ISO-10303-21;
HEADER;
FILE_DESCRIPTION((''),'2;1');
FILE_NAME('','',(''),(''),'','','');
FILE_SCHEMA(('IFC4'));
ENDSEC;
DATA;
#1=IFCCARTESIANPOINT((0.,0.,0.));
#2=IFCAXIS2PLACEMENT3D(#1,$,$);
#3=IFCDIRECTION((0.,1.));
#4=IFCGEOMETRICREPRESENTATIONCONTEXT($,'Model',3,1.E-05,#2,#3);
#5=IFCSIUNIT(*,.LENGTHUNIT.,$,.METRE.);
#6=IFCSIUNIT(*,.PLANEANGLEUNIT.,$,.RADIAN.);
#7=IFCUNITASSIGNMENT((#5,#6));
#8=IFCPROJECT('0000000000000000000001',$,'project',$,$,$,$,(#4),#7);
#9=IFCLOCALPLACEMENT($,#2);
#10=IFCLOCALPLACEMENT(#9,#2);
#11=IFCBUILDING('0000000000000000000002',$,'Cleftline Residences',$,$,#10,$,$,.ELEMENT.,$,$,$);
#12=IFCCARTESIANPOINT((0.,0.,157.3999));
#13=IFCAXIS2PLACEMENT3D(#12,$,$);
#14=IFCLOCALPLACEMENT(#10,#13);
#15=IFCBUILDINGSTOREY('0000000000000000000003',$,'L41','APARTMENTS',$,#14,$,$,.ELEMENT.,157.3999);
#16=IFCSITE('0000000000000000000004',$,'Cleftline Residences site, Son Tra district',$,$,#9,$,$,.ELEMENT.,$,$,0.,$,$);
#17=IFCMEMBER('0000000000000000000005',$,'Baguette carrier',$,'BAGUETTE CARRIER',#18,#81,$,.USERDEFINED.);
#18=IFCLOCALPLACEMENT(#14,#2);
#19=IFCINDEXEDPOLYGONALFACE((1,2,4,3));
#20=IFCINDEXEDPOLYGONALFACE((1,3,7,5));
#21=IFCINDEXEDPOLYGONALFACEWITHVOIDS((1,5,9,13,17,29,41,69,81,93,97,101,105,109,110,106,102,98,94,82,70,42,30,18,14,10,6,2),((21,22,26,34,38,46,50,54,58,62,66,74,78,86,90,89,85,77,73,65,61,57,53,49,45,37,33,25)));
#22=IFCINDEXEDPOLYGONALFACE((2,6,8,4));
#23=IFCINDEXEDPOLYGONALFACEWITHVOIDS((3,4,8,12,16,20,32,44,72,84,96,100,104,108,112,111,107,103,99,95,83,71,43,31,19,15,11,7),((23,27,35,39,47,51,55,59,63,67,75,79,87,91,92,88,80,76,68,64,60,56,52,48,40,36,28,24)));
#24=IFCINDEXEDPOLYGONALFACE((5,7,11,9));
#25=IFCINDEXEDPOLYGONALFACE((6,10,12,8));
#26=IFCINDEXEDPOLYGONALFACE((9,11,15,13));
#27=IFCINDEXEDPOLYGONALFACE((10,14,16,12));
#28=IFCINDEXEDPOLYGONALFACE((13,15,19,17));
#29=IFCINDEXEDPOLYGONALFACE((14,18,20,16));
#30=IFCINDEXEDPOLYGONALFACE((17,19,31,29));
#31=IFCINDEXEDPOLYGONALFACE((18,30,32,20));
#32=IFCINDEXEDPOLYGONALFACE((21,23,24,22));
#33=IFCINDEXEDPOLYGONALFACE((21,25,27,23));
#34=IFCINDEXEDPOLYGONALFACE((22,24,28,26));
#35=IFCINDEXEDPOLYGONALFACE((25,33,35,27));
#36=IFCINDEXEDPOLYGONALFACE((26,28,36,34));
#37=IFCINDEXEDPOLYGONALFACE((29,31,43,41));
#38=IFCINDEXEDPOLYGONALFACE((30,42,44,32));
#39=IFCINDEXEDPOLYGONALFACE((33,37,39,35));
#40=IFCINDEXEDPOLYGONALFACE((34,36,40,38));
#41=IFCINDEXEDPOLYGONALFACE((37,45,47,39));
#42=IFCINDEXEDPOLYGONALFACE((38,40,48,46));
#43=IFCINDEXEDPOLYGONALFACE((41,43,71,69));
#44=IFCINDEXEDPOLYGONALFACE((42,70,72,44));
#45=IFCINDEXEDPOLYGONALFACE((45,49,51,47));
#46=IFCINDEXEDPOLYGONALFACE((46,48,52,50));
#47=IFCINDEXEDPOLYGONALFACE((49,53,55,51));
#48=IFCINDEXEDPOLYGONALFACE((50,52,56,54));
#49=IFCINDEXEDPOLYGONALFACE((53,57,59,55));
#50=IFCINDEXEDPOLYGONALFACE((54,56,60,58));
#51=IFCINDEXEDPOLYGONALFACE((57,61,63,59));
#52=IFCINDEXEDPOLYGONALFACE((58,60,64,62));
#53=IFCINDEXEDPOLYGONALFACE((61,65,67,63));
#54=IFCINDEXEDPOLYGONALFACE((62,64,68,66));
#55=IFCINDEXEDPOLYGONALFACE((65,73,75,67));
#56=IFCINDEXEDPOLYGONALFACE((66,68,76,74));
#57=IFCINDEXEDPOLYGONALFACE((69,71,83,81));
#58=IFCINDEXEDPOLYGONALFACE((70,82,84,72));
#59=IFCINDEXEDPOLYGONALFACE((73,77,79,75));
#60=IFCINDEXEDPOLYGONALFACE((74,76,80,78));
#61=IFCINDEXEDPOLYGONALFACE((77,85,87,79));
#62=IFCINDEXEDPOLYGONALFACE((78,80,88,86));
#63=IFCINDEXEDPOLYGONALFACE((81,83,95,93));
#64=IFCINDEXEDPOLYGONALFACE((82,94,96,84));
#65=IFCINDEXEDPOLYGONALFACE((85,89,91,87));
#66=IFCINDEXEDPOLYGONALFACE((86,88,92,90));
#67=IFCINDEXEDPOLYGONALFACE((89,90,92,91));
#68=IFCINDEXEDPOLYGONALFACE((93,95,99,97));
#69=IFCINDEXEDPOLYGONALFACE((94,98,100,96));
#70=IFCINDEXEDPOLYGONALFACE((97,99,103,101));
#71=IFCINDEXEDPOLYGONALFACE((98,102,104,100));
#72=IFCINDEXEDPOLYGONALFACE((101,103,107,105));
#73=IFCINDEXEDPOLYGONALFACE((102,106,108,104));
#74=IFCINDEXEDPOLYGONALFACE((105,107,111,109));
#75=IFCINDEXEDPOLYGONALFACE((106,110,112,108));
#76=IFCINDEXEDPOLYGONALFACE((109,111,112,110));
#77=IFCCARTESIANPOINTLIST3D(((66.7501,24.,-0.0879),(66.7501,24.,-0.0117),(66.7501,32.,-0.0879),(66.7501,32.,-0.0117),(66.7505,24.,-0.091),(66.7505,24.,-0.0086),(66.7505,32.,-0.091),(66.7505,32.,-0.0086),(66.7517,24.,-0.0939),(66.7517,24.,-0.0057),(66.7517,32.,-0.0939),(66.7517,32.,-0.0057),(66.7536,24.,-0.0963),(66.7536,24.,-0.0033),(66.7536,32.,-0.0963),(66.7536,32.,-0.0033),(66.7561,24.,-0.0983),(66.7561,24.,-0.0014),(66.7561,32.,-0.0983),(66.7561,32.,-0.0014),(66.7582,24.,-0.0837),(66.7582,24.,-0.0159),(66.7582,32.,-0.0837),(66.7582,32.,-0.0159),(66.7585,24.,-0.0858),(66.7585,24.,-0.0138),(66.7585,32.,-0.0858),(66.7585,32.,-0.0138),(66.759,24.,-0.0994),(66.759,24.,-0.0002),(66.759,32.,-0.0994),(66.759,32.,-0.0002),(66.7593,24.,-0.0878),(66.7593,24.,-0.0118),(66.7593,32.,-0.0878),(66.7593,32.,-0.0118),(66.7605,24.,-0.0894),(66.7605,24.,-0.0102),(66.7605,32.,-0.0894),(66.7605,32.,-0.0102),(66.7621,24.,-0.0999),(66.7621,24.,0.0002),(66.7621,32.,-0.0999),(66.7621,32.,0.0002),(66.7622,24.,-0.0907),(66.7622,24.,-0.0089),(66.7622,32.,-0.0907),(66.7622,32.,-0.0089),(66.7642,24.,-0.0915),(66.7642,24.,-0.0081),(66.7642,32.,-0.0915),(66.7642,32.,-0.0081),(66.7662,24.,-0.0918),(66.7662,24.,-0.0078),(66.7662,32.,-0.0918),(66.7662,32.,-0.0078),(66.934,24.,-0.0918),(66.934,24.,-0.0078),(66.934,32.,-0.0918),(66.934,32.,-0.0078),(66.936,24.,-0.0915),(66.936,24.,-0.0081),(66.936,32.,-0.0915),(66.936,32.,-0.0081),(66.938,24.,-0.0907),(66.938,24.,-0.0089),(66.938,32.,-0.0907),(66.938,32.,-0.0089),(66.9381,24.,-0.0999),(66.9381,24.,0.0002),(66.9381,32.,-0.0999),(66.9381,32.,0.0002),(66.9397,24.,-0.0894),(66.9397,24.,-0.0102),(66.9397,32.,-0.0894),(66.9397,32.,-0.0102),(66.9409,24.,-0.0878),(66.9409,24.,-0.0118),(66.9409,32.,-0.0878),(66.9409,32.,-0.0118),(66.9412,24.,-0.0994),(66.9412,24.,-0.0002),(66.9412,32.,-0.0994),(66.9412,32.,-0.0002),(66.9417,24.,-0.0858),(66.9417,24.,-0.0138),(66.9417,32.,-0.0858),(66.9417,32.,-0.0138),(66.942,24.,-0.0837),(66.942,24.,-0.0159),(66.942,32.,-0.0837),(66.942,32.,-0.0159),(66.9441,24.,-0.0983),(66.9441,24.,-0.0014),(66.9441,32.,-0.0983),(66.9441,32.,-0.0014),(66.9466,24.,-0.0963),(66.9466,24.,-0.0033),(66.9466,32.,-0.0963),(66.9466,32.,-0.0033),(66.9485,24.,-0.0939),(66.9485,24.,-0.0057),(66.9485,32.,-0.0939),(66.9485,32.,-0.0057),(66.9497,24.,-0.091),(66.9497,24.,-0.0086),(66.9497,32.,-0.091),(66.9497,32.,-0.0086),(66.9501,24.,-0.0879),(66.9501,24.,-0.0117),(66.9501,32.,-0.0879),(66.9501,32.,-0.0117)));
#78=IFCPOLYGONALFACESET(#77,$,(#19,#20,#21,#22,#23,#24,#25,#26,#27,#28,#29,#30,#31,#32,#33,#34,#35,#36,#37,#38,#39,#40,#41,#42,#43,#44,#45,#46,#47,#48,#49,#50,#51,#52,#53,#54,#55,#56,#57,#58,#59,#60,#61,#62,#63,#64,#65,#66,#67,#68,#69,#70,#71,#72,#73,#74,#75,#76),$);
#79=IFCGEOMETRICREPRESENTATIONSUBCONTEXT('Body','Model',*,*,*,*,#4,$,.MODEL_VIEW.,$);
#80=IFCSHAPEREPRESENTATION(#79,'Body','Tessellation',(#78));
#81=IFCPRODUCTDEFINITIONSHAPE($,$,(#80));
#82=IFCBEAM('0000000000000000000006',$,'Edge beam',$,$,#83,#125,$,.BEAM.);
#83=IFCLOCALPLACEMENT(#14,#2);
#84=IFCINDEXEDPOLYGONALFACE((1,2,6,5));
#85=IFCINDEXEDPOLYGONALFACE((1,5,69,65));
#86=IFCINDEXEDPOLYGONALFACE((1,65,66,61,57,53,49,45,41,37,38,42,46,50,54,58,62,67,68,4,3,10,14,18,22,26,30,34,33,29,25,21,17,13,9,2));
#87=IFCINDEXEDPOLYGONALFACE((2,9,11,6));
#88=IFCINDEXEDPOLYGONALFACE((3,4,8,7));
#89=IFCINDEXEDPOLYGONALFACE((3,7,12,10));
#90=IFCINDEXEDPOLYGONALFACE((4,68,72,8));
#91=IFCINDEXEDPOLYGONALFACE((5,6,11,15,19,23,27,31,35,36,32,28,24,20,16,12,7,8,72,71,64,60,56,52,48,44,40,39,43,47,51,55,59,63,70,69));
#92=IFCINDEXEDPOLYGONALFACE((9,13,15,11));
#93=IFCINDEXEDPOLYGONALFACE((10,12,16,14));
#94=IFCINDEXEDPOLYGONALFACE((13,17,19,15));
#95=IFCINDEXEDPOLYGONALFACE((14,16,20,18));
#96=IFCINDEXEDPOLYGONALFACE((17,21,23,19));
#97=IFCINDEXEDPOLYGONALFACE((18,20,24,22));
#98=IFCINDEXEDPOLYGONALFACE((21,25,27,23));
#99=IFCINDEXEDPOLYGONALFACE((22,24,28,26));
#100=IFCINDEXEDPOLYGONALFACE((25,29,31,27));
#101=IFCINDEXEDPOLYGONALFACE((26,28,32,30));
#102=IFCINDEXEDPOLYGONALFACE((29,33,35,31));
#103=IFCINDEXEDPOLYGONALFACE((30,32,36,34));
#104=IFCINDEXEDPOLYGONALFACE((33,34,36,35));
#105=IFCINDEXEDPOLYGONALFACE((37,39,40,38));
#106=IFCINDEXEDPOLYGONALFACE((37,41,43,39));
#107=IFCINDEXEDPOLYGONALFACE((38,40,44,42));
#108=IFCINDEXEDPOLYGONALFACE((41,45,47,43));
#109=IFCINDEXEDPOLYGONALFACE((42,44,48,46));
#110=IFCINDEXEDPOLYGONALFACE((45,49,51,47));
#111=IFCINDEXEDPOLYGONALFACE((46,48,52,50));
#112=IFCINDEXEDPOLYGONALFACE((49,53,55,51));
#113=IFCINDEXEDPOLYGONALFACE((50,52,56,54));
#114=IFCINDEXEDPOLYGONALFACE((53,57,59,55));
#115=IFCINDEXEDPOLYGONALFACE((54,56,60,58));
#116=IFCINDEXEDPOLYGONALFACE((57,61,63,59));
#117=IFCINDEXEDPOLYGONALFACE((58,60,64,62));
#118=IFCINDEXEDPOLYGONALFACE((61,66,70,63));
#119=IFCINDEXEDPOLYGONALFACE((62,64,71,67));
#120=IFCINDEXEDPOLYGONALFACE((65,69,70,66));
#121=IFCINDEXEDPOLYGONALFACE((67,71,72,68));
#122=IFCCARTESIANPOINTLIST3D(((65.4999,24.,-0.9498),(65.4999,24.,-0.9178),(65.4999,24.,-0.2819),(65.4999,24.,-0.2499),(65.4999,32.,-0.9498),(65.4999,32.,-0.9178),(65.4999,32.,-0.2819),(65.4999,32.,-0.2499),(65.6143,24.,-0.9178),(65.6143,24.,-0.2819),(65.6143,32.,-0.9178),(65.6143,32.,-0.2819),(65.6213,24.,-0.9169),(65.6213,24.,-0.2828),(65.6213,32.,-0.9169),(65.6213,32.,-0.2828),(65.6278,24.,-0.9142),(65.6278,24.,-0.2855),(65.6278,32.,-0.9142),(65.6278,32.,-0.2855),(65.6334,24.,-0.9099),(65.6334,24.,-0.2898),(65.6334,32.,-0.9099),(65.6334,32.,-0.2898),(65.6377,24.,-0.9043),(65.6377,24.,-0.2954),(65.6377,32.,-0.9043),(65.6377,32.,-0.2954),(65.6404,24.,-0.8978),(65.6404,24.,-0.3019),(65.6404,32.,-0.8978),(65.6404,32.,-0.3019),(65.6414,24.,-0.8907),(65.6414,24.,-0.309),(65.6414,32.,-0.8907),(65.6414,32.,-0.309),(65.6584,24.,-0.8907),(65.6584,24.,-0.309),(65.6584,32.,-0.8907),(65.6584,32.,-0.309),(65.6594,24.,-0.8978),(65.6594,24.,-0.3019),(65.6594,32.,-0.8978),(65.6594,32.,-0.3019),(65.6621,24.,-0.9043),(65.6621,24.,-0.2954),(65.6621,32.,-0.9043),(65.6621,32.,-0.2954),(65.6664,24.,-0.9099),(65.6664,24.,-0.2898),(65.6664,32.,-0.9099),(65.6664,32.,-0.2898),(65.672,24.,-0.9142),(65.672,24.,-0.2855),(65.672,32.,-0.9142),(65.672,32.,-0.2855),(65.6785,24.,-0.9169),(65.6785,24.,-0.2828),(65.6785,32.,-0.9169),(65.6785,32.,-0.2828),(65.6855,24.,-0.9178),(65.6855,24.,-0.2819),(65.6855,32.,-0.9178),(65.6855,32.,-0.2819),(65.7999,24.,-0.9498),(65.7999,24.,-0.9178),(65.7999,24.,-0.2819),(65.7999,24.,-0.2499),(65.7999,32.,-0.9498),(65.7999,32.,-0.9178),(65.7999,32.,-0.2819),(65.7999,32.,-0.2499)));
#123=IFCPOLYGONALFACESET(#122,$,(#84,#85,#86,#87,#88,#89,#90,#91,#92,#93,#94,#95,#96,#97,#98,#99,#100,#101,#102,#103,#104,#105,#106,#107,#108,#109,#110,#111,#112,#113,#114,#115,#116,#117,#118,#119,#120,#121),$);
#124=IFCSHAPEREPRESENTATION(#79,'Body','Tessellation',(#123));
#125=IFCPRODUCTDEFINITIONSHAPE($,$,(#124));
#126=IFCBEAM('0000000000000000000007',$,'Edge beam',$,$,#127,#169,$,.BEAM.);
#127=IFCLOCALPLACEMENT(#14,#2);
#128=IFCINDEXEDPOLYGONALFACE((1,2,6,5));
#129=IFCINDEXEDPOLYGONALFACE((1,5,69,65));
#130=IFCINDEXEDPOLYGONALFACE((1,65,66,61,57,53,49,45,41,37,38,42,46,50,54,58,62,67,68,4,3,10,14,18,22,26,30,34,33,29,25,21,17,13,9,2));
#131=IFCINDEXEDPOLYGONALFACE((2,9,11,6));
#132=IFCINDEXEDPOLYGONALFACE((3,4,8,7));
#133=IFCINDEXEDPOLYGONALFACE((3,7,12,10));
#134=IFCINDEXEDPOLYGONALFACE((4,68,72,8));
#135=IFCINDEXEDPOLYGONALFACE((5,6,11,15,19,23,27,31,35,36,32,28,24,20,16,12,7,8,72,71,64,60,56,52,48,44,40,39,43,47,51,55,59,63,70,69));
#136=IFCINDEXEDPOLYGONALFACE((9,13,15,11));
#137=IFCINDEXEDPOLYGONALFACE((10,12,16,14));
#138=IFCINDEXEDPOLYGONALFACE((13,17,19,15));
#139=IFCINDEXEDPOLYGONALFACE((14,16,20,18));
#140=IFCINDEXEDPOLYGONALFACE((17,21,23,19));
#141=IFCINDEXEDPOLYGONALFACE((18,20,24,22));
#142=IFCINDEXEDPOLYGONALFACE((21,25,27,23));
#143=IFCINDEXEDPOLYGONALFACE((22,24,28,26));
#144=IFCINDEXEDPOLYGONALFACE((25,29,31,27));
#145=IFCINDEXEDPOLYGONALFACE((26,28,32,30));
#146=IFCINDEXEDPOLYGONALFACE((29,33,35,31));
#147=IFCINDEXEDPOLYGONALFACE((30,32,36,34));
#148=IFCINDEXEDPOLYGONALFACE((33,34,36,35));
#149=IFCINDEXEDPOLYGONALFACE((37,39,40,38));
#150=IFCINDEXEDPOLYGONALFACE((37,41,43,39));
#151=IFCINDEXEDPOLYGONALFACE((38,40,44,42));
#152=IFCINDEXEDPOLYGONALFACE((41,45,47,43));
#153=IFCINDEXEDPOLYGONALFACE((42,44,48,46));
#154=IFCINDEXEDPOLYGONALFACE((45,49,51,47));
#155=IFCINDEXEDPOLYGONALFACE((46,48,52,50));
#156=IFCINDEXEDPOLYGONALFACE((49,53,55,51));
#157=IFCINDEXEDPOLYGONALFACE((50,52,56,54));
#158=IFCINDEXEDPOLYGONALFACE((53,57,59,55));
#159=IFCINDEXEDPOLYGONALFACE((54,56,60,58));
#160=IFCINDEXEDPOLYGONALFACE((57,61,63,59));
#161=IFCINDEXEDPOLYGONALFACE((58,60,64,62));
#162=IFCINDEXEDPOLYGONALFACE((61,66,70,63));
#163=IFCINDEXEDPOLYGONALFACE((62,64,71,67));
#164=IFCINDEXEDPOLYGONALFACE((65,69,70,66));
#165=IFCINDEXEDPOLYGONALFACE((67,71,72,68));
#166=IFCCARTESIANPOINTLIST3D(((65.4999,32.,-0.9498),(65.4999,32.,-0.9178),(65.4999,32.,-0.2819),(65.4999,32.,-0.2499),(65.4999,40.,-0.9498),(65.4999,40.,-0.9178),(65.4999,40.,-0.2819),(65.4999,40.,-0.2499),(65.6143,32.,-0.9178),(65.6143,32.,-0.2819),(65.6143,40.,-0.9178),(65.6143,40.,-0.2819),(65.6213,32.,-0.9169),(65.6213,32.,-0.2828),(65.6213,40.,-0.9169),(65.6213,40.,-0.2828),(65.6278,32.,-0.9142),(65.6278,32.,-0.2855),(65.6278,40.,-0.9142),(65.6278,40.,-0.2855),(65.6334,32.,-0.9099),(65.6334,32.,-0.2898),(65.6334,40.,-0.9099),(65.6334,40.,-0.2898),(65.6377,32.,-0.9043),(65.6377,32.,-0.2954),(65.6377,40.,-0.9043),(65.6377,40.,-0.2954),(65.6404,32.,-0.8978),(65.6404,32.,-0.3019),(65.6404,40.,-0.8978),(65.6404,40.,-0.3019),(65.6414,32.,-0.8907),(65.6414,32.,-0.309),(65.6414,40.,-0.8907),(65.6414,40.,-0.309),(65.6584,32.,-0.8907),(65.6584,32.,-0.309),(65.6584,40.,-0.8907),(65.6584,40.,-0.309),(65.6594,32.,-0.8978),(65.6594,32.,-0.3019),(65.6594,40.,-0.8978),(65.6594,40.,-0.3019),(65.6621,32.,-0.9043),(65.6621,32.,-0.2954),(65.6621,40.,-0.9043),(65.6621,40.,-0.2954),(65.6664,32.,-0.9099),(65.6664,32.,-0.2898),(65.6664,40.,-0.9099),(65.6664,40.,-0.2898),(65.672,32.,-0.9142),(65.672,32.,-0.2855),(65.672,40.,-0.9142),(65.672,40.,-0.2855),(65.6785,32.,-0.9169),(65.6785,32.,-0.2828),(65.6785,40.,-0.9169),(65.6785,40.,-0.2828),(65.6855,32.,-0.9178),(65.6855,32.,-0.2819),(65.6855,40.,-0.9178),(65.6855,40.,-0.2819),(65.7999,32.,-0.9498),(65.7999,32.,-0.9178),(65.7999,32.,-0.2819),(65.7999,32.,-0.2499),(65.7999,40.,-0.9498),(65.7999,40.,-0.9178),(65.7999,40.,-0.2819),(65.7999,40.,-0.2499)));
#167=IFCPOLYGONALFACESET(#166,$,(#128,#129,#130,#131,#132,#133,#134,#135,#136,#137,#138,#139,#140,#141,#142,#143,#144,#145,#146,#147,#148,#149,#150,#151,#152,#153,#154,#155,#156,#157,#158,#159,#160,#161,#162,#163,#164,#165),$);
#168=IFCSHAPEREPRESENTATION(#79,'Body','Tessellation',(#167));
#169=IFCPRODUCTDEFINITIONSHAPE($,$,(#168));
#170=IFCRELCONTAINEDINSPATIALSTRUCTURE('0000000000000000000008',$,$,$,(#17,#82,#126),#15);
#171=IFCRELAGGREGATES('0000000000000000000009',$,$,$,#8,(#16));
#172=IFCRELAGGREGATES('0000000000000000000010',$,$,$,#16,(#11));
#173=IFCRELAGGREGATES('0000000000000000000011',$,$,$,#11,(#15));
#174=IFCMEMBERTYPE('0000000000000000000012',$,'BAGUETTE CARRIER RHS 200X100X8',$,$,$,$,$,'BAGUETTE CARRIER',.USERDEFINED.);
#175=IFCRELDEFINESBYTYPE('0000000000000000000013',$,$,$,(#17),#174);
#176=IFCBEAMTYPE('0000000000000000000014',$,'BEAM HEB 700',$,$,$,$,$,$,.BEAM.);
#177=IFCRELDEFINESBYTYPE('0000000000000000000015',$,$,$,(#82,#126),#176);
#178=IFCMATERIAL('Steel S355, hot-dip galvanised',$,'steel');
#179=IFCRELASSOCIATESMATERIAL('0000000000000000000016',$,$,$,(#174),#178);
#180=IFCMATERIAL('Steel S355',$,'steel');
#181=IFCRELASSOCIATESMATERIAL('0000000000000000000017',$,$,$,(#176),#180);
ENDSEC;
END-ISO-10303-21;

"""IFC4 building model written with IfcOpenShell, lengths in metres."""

from ifc_helpers import new_model, si_unit, direction, frame, origin, origin_2d, place, context, subcontext, project, spatial, hollow_rectangle, i_section, extrude, material, material_profile, profile_set, type_object, element, save


model = new_model("IFC4")

# Units and contexts
model_context = context("Model", 3, precision=1e-05, world=origin(), true_north=direction((0.0, 1.0)))
body_context = subcontext(model_context, "Body", "Model", "MODEL_VIEW")
ifc_project = project(units=[si_unit("LENGTHUNIT", "METRE"), si_unit("PLANEANGLEUNIT", "RADIAN")], contexts=[model_context])

# Site, building, storey
site_placement = place(None, origin())
site = spatial("IfcSite", under=ifc_project, at=site_placement, Name="Cleftline Residences site, Son Tra district", CompositionType="ELEMENT", RefElevation=0.0)
building_placement = place(site_placement, origin())
building = spatial("IfcBuilding", under=site, at=building_placement, Name="Cleftline Residences", CompositionType="ELEMENT")
storey_placement = place(building_placement, frame((0.0, 0.0, 157.3999)))
storey = spatial("IfcBuildingStorey", under=building, at=storey_placement, Name="L41", Description="APARTMENTS", CompositionType="ELEMENT", Elevation=157.3999)

# Member
ifc_material_1 = material(Name="Steel S355, hot-dip galvanised", Category="steel")
ifc_material_profile_1 = material_profile(ifc_material_1, hollow_rectangle(XDim=0.1001, YDim=0.2, WallThickness=0.0081, InnerFilletRadius=0.0081, OuterFilletRadius=0.012, at=origin_2d()))
ifc_profile_set_1 = profile_set([ifc_material_profile_1], Name="Steel S355, hot-dip galvanised")
member_type_1 = type_object("IfcMemberType", Name="BAGUETTE CARRIER RHS 200X100X8", ElementType="BAGUETTE CARRIER", PredefinedType="USERDEFINED", material=ifc_profile_set_1)
member_1_placement = place(storey_placement, frame((66.8501, 24.0, -0.0498), z_axis=(0.0, 1.0, 0.0), x_axis=(0.0, 0.0, 1.0)))
element("IfcMember", 1, at=member_1_placement, inside=storey, type_object=member_type_1, Name="Baguette carrier", ObjectType="BAGUETTE CARRIER", PredefinedType="USERDEFINED", context=body_context, shape_type="SweptSolid", body=[
    extrude(hollow_rectangle(XDim=0.1001, YDim=0.2, WallThickness=0.0081, InnerFilletRadius=0.0081, OuterFilletRadius=0.012, at=origin_2d()), origin(), (0.0, 0.0, 1.0), 8.0),
])

# Beams
ifc_material_2 = material(Name="Steel S355", Category="steel")
ifc_material_profile_2 = material_profile(ifc_material_2, i_section(OverallWidth=0.3, OverallDepth=0.7, WebThickness=0.0171, FlangeThickness=0.032, FilletRadius=0.0271, at=origin_2d()))
ifc_profile_set_2 = profile_set([ifc_material_profile_2], Name="Steel S355")
beam_type_1 = type_object("IfcBeamType", Name="BEAM HEB 700", PredefinedType="BEAM", material=ifc_profile_set_2)
for number, where, z_axis, x_axis, name in (
    (2, (65.6499, 24.0, -0.5999), (0.0, 1.0, 0.0), (-1.0, 0.0, 0.0), "Edge beam"),
    (3, (65.6499, 32.0, -0.5999), (0.0, 1.0, 0.0), (-1.0, 0.0, 0.0), "Edge beam"),
):
    element("IfcBeam", number, at=place(storey_placement, frame(where, z_axis=z_axis, x_axis=x_axis)), inside=storey, type_object=beam_type_1, Name=name, PredefinedType="BEAM", context=body_context, shape_type="SweptSolid", body=[
        extrude(i_section(OverallWidth=0.3, OverallDepth=0.7, WebThickness=0.0171, FlangeThickness=0.032, FilletRadius=0.0271, at=origin_2d()), origin(), (0.0, 0.0, 1.0), 8.0),
    ])

save(model, "model.ifc")
